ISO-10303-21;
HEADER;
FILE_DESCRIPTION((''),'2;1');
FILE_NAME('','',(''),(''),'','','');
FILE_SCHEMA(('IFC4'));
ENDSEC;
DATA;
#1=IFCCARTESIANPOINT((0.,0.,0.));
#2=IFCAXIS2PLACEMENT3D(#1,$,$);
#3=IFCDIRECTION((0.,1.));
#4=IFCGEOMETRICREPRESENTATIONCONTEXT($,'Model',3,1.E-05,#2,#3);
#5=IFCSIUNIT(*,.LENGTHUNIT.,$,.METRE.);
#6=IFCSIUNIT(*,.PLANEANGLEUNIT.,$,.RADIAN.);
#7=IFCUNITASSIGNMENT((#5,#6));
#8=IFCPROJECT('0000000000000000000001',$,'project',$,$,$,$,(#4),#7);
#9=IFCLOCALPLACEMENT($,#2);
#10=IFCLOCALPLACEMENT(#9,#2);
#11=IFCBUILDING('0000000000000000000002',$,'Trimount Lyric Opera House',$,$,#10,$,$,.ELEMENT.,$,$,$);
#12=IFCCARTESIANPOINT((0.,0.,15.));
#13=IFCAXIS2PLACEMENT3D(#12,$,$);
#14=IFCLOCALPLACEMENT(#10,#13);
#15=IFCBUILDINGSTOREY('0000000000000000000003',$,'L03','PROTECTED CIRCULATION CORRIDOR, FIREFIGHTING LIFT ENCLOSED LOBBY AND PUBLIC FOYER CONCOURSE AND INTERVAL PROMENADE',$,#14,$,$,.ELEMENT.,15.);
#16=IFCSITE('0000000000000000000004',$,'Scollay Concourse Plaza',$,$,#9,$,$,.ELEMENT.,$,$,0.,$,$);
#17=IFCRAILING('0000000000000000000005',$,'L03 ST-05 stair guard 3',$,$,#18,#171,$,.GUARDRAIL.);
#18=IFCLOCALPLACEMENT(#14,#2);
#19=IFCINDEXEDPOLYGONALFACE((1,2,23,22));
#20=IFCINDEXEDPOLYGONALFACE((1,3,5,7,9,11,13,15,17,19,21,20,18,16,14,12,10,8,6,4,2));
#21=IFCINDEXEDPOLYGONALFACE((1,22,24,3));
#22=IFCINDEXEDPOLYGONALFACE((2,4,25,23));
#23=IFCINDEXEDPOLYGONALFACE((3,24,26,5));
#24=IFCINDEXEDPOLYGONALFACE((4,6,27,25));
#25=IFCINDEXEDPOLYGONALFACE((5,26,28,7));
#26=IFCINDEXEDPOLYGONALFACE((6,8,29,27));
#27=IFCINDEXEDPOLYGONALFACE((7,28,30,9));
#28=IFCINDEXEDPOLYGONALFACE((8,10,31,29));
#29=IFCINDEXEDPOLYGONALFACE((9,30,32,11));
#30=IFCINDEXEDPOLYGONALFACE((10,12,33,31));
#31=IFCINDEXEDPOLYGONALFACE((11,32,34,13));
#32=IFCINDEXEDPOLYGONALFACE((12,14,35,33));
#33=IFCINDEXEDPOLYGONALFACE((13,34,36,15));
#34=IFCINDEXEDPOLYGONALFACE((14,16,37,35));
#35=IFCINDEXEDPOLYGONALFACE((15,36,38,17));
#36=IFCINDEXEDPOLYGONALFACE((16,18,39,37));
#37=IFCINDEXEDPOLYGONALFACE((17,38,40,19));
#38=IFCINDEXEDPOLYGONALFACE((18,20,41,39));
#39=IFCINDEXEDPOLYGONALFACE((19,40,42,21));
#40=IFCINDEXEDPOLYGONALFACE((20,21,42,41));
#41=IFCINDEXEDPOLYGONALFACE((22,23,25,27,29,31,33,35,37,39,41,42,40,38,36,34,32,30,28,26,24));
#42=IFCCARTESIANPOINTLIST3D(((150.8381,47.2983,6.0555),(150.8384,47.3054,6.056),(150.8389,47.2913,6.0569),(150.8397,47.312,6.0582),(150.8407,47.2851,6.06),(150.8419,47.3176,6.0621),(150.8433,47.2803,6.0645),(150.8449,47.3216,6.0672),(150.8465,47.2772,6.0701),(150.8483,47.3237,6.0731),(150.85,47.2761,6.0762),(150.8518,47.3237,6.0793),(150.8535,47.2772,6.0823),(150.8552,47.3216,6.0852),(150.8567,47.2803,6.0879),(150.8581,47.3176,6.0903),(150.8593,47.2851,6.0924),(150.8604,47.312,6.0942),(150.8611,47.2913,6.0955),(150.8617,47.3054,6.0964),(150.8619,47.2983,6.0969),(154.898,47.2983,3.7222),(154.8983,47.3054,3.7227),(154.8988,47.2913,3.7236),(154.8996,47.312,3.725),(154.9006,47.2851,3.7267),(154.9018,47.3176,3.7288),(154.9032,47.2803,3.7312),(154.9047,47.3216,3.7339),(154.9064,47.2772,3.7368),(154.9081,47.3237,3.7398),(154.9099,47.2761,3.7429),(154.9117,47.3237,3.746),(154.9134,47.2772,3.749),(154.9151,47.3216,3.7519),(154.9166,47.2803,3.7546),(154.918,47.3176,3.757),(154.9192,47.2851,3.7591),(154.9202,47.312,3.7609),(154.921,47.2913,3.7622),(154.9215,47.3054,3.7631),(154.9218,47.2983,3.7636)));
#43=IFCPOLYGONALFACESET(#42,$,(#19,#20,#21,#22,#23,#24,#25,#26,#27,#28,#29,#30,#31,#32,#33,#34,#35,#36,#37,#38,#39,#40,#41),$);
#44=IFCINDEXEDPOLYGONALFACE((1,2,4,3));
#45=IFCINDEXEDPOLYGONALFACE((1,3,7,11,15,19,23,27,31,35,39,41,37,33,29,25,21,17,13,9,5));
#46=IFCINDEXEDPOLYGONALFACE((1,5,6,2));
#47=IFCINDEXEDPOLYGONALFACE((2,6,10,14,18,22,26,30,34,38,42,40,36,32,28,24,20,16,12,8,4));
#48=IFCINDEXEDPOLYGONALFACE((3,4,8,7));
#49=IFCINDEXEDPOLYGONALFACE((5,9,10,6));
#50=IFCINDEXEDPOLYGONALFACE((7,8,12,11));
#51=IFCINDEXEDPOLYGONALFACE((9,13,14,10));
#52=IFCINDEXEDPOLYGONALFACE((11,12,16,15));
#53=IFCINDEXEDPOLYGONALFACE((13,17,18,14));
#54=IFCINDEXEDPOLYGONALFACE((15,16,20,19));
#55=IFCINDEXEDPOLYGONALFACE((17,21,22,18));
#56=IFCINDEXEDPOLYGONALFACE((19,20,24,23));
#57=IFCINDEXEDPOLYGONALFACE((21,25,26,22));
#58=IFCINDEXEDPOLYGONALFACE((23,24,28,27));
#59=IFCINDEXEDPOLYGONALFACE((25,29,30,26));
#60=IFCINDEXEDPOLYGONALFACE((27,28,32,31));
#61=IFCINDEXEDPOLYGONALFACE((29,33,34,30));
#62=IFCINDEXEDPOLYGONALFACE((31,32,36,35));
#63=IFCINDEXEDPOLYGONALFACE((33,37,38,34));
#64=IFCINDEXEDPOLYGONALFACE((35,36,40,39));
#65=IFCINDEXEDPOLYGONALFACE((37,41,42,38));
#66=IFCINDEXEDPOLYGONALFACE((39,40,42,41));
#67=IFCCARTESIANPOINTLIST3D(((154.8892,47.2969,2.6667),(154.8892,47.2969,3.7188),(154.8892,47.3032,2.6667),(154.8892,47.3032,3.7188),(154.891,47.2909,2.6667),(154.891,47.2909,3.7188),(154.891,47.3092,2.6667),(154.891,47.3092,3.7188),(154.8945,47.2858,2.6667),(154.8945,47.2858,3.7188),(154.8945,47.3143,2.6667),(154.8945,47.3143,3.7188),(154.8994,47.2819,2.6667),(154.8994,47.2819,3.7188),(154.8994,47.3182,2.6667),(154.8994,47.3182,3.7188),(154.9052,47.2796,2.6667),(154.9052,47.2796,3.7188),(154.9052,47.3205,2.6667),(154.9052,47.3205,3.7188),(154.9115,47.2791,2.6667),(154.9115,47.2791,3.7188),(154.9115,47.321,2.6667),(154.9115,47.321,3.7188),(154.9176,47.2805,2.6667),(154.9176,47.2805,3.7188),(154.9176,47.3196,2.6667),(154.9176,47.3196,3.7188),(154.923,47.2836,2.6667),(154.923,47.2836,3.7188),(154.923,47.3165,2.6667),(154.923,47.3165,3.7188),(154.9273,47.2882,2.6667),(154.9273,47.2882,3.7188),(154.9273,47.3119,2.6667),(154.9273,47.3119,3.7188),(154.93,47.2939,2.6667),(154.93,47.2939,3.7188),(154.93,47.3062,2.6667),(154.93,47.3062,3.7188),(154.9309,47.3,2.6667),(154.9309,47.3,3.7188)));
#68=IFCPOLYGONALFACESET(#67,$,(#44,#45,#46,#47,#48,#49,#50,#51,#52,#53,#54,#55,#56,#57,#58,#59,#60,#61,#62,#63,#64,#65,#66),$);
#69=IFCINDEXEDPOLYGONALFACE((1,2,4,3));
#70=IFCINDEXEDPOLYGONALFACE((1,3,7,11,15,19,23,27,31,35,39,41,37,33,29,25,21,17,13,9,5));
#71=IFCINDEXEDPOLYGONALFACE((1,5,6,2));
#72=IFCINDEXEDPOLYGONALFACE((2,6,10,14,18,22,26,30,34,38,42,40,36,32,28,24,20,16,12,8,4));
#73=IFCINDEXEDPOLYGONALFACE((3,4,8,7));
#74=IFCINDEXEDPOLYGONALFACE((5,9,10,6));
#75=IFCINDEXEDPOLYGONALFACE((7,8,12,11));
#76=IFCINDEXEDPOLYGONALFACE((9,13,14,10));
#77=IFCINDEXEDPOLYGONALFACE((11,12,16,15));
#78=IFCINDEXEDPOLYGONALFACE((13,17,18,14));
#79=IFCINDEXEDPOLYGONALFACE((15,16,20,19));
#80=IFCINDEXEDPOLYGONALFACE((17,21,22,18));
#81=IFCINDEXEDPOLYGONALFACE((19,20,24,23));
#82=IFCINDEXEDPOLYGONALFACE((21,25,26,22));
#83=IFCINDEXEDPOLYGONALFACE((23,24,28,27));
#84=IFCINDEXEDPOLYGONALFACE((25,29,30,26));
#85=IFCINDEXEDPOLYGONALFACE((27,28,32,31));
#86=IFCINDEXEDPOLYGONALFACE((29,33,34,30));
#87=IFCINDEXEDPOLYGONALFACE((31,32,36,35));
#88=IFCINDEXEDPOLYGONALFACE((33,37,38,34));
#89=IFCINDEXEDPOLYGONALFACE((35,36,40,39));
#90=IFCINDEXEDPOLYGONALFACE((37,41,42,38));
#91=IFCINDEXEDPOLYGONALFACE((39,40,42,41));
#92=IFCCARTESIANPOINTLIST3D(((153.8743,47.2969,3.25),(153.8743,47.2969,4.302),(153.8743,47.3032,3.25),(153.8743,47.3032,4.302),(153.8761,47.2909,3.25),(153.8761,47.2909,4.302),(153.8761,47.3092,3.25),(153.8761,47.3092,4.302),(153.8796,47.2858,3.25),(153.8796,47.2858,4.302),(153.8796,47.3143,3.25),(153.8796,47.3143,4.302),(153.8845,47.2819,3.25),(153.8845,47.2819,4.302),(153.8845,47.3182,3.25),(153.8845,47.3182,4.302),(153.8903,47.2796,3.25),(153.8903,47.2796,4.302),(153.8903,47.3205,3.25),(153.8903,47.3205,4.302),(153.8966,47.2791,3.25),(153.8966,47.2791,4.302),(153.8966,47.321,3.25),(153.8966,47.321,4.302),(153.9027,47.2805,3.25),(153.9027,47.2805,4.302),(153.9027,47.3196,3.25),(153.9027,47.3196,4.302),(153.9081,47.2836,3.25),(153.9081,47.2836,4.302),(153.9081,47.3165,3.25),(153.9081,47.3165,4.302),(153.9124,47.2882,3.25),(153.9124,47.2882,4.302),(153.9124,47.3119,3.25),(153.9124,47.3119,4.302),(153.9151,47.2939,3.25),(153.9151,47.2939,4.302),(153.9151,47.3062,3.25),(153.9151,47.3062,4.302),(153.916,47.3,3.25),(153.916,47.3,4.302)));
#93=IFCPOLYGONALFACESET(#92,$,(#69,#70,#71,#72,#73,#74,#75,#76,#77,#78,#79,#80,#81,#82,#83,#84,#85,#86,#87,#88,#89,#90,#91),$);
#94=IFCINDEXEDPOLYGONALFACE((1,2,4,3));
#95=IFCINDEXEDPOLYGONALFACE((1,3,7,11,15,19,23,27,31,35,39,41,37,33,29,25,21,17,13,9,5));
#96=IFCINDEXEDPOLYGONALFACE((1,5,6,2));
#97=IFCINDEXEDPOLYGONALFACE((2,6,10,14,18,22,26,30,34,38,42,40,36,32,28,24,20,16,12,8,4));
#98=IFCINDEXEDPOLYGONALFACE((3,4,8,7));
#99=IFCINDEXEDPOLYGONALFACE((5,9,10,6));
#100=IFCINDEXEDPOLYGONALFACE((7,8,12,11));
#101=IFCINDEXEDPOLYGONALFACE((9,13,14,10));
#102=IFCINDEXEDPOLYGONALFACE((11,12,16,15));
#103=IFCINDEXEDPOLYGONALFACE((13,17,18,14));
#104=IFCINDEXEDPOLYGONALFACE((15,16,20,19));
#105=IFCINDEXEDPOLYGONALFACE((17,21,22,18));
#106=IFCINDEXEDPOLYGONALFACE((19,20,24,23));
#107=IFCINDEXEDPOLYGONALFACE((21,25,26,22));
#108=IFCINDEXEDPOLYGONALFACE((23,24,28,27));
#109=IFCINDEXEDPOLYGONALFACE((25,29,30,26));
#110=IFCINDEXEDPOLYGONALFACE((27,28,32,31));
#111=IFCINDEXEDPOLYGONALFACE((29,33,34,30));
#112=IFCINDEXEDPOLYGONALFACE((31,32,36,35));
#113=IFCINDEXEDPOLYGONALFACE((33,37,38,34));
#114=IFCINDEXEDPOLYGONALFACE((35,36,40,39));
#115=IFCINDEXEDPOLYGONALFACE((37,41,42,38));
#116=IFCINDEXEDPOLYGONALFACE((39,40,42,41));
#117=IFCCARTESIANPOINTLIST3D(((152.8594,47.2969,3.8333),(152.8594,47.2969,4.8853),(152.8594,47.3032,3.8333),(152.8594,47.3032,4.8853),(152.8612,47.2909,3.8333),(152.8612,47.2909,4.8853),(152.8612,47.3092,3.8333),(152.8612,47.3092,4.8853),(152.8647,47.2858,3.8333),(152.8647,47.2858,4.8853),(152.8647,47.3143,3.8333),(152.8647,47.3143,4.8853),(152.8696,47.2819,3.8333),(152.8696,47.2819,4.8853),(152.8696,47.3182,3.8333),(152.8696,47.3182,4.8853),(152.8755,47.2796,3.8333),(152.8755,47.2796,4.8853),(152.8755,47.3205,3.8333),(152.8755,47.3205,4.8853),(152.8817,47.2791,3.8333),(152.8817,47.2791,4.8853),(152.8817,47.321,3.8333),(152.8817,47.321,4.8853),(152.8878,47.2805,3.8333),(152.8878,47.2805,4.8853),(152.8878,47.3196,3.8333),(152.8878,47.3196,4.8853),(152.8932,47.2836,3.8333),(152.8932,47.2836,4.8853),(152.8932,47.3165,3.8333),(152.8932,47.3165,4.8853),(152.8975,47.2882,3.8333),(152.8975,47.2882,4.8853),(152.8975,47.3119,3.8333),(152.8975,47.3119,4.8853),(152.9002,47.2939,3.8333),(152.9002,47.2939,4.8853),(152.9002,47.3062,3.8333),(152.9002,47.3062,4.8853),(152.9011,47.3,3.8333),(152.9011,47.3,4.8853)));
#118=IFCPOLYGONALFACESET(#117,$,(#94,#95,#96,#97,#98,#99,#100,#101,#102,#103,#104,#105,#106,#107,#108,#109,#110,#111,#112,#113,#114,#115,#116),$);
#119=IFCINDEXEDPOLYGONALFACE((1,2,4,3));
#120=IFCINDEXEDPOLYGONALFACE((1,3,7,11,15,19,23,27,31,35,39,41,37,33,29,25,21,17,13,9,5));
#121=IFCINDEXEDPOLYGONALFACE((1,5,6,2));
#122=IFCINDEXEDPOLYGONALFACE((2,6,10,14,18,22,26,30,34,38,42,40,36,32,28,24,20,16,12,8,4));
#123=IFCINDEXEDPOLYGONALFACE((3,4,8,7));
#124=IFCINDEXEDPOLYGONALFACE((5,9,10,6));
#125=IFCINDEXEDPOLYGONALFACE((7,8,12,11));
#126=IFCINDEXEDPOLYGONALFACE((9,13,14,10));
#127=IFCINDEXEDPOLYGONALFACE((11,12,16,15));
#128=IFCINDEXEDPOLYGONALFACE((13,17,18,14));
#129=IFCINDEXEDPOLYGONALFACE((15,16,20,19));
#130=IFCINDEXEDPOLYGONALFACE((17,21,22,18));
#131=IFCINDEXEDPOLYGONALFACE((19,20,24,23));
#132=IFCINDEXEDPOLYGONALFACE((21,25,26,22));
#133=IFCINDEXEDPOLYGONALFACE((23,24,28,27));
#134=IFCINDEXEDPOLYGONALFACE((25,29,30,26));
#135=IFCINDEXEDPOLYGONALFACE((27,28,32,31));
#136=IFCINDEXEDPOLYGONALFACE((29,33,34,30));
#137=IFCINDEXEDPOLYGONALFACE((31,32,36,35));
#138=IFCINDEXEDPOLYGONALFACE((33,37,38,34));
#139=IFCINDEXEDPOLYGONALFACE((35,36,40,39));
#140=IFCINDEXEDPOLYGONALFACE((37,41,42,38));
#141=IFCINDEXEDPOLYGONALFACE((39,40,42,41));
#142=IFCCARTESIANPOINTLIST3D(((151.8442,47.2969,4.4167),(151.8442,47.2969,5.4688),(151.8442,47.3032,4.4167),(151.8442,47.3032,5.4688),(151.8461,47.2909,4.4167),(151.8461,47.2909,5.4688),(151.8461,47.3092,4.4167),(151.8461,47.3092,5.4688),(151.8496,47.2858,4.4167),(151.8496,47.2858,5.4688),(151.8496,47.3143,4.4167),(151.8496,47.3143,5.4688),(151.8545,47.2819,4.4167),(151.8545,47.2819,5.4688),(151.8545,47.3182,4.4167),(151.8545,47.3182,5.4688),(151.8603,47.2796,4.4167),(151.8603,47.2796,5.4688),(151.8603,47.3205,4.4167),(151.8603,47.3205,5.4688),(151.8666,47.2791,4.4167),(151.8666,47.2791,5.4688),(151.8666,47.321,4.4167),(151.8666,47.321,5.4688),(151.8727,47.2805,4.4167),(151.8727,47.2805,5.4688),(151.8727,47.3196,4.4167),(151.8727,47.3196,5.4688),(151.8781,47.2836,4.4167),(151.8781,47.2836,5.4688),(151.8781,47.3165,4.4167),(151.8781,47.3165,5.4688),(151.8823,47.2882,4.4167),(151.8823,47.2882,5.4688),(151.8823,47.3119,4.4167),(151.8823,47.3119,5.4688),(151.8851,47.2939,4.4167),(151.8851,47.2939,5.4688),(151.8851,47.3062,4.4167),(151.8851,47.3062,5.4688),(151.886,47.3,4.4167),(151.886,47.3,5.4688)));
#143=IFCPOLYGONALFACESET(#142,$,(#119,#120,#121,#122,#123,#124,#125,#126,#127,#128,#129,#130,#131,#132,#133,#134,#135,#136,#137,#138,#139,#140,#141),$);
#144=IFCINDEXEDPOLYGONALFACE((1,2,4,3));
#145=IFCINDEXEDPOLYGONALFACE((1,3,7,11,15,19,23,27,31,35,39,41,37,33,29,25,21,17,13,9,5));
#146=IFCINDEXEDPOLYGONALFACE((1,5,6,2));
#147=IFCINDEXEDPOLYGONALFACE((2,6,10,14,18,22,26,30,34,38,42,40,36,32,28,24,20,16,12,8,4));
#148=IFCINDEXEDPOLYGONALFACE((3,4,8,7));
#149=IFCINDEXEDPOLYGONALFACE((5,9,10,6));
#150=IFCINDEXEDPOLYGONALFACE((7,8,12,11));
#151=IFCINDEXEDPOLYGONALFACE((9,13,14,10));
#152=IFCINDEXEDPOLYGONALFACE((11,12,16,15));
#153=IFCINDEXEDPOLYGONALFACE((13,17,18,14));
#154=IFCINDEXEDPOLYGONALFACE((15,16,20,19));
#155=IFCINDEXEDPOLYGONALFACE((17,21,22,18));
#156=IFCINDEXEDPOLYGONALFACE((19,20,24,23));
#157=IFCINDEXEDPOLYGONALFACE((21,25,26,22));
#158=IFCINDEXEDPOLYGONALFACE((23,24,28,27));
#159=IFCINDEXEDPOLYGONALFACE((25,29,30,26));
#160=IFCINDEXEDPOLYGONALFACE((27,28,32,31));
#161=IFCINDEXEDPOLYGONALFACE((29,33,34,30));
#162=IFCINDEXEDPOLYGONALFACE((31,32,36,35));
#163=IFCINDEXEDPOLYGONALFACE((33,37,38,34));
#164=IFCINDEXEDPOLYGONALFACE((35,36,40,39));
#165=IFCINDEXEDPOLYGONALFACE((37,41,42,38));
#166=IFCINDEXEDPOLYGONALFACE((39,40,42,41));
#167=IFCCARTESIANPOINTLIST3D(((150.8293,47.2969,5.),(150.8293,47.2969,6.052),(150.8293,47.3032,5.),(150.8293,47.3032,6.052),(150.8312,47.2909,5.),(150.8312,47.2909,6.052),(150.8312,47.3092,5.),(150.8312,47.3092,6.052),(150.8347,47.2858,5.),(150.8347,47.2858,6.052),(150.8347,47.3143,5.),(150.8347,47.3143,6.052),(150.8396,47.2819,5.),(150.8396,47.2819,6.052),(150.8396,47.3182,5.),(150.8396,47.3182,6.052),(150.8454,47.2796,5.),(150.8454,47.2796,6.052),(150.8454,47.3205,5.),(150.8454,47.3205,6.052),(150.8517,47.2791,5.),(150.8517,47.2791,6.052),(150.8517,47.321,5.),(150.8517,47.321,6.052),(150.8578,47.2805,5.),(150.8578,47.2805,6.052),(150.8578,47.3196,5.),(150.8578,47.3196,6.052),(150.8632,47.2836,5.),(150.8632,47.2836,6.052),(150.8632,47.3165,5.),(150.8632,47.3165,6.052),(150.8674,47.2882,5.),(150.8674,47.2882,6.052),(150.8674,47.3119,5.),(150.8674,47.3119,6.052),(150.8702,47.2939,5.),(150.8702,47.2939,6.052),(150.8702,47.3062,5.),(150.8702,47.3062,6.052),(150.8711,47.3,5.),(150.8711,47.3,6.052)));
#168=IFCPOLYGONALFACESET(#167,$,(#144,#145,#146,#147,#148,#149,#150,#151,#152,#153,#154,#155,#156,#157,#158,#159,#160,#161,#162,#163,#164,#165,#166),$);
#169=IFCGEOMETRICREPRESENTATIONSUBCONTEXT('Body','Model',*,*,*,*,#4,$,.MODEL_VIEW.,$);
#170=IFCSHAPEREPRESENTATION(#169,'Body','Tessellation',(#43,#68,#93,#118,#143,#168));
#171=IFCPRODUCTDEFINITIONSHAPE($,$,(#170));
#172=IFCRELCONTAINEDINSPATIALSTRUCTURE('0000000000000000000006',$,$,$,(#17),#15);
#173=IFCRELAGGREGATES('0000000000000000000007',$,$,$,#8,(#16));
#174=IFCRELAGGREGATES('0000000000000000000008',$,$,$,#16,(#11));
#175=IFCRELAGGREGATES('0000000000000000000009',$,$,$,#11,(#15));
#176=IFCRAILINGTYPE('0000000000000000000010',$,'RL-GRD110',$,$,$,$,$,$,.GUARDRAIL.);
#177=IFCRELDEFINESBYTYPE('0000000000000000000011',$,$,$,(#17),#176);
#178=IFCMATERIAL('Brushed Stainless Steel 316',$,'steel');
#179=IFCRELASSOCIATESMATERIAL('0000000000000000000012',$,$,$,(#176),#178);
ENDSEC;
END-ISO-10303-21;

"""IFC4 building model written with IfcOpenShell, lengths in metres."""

from ifc_helpers import new_model, si_unit, direction, frame, origin, origin_2d, place, context, subcontext, project, spatial, circle, extrude, material, type_object, element, save


model = new_model("IFC4")

# Units and contexts
model_context = context("Model", 3, precision=1e-05, world=origin(), true_north=direction((0.0, 1.0)))
body_context = subcontext(model_context, "Body", "Model", "MODEL_VIEW")
ifc_project = project(units=[si_unit("LENGTHUNIT", "METRE"), si_unit("PLANEANGLEUNIT", "RADIAN")], contexts=[model_context])

# Site, building, storey
site_placement = place(None, origin())
site = spatial("IfcSite", under=ifc_project, at=site_placement, Name="Scollay Concourse Plaza", CompositionType="ELEMENT", RefElevation=0.0)
building_placement = place(site_placement, origin())
building = spatial("IfcBuilding", under=site, at=building_placement, Name="Trimount Lyric Opera House", CompositionType="ELEMENT")
storey_placement = place(building_placement, frame((0.0, 0.0, 15.0)))
storey = spatial("IfcBuildingStorey", under=building, at=storey_placement, Name="L03", Description="PROTECTED CIRCULATION CORRIDOR, FIREFIGHTING LIFT ENCLOSED LOBBY AND PUBLIC FOYER CONCOURSE AND INTERVAL PROMENADE", CompositionType="ELEMENT", Elevation=15.0)

# Railing
ifc_material_1 = material(Name="Brushed Stainless Steel 316", Category="steel")
railing_type_1 = type_object("IfcRailingType", Name="RL-GRD110", PredefinedType="GUARDRAIL", material=ifc_material_1)
railing_1_placement = place(storey_placement, frame((154.9099, 47.3, 2.6667)))
element("IfcRailing", 1, at=railing_1_placement, inside=storey, type_object=railing_type_1, Name="L03 ST-05 stair guard 3", PredefinedType="GUARDRAIL", context=body_context, shape_type="SweptSolid", body=[
    extrude(circle(Radius=0.0239, at=origin_2d()), frame((0.0, 0.0, 1.0762), z_axis=(-0.867012, 0.0, 0.498288), x_axis=(0.0, -1.0, 0.0)), (0.0, 0.0, 1.0), 4.6826),
    extrude(circle(Radius=0.021, at=origin_2d()), origin(), (0.0, 0.0, 1.0), 1.052),
    extrude(circle(Radius=0.021, at=origin_2d()), frame((-1.0149, 0.0, 0.5833)), (0.0, 0.0, 1.0), 1.052),
    extrude(circle(Radius=0.021, at=origin_2d()), frame((-2.0298, 0.0, 1.1665)), (0.0, 0.0, 1.0), 1.052),
    extrude(circle(Radius=0.021, at=origin_2d()), frame((-3.0449, 0.0, 1.75)), (0.0, 0.0, 1.0), 1.052),
    extrude(circle(Radius=0.021, at=origin_2d()), frame((-4.0598, 0.0, 2.3333)), (0.0, 0.0, 1.0), 1.052),
])

save(model, "model.ifc")
